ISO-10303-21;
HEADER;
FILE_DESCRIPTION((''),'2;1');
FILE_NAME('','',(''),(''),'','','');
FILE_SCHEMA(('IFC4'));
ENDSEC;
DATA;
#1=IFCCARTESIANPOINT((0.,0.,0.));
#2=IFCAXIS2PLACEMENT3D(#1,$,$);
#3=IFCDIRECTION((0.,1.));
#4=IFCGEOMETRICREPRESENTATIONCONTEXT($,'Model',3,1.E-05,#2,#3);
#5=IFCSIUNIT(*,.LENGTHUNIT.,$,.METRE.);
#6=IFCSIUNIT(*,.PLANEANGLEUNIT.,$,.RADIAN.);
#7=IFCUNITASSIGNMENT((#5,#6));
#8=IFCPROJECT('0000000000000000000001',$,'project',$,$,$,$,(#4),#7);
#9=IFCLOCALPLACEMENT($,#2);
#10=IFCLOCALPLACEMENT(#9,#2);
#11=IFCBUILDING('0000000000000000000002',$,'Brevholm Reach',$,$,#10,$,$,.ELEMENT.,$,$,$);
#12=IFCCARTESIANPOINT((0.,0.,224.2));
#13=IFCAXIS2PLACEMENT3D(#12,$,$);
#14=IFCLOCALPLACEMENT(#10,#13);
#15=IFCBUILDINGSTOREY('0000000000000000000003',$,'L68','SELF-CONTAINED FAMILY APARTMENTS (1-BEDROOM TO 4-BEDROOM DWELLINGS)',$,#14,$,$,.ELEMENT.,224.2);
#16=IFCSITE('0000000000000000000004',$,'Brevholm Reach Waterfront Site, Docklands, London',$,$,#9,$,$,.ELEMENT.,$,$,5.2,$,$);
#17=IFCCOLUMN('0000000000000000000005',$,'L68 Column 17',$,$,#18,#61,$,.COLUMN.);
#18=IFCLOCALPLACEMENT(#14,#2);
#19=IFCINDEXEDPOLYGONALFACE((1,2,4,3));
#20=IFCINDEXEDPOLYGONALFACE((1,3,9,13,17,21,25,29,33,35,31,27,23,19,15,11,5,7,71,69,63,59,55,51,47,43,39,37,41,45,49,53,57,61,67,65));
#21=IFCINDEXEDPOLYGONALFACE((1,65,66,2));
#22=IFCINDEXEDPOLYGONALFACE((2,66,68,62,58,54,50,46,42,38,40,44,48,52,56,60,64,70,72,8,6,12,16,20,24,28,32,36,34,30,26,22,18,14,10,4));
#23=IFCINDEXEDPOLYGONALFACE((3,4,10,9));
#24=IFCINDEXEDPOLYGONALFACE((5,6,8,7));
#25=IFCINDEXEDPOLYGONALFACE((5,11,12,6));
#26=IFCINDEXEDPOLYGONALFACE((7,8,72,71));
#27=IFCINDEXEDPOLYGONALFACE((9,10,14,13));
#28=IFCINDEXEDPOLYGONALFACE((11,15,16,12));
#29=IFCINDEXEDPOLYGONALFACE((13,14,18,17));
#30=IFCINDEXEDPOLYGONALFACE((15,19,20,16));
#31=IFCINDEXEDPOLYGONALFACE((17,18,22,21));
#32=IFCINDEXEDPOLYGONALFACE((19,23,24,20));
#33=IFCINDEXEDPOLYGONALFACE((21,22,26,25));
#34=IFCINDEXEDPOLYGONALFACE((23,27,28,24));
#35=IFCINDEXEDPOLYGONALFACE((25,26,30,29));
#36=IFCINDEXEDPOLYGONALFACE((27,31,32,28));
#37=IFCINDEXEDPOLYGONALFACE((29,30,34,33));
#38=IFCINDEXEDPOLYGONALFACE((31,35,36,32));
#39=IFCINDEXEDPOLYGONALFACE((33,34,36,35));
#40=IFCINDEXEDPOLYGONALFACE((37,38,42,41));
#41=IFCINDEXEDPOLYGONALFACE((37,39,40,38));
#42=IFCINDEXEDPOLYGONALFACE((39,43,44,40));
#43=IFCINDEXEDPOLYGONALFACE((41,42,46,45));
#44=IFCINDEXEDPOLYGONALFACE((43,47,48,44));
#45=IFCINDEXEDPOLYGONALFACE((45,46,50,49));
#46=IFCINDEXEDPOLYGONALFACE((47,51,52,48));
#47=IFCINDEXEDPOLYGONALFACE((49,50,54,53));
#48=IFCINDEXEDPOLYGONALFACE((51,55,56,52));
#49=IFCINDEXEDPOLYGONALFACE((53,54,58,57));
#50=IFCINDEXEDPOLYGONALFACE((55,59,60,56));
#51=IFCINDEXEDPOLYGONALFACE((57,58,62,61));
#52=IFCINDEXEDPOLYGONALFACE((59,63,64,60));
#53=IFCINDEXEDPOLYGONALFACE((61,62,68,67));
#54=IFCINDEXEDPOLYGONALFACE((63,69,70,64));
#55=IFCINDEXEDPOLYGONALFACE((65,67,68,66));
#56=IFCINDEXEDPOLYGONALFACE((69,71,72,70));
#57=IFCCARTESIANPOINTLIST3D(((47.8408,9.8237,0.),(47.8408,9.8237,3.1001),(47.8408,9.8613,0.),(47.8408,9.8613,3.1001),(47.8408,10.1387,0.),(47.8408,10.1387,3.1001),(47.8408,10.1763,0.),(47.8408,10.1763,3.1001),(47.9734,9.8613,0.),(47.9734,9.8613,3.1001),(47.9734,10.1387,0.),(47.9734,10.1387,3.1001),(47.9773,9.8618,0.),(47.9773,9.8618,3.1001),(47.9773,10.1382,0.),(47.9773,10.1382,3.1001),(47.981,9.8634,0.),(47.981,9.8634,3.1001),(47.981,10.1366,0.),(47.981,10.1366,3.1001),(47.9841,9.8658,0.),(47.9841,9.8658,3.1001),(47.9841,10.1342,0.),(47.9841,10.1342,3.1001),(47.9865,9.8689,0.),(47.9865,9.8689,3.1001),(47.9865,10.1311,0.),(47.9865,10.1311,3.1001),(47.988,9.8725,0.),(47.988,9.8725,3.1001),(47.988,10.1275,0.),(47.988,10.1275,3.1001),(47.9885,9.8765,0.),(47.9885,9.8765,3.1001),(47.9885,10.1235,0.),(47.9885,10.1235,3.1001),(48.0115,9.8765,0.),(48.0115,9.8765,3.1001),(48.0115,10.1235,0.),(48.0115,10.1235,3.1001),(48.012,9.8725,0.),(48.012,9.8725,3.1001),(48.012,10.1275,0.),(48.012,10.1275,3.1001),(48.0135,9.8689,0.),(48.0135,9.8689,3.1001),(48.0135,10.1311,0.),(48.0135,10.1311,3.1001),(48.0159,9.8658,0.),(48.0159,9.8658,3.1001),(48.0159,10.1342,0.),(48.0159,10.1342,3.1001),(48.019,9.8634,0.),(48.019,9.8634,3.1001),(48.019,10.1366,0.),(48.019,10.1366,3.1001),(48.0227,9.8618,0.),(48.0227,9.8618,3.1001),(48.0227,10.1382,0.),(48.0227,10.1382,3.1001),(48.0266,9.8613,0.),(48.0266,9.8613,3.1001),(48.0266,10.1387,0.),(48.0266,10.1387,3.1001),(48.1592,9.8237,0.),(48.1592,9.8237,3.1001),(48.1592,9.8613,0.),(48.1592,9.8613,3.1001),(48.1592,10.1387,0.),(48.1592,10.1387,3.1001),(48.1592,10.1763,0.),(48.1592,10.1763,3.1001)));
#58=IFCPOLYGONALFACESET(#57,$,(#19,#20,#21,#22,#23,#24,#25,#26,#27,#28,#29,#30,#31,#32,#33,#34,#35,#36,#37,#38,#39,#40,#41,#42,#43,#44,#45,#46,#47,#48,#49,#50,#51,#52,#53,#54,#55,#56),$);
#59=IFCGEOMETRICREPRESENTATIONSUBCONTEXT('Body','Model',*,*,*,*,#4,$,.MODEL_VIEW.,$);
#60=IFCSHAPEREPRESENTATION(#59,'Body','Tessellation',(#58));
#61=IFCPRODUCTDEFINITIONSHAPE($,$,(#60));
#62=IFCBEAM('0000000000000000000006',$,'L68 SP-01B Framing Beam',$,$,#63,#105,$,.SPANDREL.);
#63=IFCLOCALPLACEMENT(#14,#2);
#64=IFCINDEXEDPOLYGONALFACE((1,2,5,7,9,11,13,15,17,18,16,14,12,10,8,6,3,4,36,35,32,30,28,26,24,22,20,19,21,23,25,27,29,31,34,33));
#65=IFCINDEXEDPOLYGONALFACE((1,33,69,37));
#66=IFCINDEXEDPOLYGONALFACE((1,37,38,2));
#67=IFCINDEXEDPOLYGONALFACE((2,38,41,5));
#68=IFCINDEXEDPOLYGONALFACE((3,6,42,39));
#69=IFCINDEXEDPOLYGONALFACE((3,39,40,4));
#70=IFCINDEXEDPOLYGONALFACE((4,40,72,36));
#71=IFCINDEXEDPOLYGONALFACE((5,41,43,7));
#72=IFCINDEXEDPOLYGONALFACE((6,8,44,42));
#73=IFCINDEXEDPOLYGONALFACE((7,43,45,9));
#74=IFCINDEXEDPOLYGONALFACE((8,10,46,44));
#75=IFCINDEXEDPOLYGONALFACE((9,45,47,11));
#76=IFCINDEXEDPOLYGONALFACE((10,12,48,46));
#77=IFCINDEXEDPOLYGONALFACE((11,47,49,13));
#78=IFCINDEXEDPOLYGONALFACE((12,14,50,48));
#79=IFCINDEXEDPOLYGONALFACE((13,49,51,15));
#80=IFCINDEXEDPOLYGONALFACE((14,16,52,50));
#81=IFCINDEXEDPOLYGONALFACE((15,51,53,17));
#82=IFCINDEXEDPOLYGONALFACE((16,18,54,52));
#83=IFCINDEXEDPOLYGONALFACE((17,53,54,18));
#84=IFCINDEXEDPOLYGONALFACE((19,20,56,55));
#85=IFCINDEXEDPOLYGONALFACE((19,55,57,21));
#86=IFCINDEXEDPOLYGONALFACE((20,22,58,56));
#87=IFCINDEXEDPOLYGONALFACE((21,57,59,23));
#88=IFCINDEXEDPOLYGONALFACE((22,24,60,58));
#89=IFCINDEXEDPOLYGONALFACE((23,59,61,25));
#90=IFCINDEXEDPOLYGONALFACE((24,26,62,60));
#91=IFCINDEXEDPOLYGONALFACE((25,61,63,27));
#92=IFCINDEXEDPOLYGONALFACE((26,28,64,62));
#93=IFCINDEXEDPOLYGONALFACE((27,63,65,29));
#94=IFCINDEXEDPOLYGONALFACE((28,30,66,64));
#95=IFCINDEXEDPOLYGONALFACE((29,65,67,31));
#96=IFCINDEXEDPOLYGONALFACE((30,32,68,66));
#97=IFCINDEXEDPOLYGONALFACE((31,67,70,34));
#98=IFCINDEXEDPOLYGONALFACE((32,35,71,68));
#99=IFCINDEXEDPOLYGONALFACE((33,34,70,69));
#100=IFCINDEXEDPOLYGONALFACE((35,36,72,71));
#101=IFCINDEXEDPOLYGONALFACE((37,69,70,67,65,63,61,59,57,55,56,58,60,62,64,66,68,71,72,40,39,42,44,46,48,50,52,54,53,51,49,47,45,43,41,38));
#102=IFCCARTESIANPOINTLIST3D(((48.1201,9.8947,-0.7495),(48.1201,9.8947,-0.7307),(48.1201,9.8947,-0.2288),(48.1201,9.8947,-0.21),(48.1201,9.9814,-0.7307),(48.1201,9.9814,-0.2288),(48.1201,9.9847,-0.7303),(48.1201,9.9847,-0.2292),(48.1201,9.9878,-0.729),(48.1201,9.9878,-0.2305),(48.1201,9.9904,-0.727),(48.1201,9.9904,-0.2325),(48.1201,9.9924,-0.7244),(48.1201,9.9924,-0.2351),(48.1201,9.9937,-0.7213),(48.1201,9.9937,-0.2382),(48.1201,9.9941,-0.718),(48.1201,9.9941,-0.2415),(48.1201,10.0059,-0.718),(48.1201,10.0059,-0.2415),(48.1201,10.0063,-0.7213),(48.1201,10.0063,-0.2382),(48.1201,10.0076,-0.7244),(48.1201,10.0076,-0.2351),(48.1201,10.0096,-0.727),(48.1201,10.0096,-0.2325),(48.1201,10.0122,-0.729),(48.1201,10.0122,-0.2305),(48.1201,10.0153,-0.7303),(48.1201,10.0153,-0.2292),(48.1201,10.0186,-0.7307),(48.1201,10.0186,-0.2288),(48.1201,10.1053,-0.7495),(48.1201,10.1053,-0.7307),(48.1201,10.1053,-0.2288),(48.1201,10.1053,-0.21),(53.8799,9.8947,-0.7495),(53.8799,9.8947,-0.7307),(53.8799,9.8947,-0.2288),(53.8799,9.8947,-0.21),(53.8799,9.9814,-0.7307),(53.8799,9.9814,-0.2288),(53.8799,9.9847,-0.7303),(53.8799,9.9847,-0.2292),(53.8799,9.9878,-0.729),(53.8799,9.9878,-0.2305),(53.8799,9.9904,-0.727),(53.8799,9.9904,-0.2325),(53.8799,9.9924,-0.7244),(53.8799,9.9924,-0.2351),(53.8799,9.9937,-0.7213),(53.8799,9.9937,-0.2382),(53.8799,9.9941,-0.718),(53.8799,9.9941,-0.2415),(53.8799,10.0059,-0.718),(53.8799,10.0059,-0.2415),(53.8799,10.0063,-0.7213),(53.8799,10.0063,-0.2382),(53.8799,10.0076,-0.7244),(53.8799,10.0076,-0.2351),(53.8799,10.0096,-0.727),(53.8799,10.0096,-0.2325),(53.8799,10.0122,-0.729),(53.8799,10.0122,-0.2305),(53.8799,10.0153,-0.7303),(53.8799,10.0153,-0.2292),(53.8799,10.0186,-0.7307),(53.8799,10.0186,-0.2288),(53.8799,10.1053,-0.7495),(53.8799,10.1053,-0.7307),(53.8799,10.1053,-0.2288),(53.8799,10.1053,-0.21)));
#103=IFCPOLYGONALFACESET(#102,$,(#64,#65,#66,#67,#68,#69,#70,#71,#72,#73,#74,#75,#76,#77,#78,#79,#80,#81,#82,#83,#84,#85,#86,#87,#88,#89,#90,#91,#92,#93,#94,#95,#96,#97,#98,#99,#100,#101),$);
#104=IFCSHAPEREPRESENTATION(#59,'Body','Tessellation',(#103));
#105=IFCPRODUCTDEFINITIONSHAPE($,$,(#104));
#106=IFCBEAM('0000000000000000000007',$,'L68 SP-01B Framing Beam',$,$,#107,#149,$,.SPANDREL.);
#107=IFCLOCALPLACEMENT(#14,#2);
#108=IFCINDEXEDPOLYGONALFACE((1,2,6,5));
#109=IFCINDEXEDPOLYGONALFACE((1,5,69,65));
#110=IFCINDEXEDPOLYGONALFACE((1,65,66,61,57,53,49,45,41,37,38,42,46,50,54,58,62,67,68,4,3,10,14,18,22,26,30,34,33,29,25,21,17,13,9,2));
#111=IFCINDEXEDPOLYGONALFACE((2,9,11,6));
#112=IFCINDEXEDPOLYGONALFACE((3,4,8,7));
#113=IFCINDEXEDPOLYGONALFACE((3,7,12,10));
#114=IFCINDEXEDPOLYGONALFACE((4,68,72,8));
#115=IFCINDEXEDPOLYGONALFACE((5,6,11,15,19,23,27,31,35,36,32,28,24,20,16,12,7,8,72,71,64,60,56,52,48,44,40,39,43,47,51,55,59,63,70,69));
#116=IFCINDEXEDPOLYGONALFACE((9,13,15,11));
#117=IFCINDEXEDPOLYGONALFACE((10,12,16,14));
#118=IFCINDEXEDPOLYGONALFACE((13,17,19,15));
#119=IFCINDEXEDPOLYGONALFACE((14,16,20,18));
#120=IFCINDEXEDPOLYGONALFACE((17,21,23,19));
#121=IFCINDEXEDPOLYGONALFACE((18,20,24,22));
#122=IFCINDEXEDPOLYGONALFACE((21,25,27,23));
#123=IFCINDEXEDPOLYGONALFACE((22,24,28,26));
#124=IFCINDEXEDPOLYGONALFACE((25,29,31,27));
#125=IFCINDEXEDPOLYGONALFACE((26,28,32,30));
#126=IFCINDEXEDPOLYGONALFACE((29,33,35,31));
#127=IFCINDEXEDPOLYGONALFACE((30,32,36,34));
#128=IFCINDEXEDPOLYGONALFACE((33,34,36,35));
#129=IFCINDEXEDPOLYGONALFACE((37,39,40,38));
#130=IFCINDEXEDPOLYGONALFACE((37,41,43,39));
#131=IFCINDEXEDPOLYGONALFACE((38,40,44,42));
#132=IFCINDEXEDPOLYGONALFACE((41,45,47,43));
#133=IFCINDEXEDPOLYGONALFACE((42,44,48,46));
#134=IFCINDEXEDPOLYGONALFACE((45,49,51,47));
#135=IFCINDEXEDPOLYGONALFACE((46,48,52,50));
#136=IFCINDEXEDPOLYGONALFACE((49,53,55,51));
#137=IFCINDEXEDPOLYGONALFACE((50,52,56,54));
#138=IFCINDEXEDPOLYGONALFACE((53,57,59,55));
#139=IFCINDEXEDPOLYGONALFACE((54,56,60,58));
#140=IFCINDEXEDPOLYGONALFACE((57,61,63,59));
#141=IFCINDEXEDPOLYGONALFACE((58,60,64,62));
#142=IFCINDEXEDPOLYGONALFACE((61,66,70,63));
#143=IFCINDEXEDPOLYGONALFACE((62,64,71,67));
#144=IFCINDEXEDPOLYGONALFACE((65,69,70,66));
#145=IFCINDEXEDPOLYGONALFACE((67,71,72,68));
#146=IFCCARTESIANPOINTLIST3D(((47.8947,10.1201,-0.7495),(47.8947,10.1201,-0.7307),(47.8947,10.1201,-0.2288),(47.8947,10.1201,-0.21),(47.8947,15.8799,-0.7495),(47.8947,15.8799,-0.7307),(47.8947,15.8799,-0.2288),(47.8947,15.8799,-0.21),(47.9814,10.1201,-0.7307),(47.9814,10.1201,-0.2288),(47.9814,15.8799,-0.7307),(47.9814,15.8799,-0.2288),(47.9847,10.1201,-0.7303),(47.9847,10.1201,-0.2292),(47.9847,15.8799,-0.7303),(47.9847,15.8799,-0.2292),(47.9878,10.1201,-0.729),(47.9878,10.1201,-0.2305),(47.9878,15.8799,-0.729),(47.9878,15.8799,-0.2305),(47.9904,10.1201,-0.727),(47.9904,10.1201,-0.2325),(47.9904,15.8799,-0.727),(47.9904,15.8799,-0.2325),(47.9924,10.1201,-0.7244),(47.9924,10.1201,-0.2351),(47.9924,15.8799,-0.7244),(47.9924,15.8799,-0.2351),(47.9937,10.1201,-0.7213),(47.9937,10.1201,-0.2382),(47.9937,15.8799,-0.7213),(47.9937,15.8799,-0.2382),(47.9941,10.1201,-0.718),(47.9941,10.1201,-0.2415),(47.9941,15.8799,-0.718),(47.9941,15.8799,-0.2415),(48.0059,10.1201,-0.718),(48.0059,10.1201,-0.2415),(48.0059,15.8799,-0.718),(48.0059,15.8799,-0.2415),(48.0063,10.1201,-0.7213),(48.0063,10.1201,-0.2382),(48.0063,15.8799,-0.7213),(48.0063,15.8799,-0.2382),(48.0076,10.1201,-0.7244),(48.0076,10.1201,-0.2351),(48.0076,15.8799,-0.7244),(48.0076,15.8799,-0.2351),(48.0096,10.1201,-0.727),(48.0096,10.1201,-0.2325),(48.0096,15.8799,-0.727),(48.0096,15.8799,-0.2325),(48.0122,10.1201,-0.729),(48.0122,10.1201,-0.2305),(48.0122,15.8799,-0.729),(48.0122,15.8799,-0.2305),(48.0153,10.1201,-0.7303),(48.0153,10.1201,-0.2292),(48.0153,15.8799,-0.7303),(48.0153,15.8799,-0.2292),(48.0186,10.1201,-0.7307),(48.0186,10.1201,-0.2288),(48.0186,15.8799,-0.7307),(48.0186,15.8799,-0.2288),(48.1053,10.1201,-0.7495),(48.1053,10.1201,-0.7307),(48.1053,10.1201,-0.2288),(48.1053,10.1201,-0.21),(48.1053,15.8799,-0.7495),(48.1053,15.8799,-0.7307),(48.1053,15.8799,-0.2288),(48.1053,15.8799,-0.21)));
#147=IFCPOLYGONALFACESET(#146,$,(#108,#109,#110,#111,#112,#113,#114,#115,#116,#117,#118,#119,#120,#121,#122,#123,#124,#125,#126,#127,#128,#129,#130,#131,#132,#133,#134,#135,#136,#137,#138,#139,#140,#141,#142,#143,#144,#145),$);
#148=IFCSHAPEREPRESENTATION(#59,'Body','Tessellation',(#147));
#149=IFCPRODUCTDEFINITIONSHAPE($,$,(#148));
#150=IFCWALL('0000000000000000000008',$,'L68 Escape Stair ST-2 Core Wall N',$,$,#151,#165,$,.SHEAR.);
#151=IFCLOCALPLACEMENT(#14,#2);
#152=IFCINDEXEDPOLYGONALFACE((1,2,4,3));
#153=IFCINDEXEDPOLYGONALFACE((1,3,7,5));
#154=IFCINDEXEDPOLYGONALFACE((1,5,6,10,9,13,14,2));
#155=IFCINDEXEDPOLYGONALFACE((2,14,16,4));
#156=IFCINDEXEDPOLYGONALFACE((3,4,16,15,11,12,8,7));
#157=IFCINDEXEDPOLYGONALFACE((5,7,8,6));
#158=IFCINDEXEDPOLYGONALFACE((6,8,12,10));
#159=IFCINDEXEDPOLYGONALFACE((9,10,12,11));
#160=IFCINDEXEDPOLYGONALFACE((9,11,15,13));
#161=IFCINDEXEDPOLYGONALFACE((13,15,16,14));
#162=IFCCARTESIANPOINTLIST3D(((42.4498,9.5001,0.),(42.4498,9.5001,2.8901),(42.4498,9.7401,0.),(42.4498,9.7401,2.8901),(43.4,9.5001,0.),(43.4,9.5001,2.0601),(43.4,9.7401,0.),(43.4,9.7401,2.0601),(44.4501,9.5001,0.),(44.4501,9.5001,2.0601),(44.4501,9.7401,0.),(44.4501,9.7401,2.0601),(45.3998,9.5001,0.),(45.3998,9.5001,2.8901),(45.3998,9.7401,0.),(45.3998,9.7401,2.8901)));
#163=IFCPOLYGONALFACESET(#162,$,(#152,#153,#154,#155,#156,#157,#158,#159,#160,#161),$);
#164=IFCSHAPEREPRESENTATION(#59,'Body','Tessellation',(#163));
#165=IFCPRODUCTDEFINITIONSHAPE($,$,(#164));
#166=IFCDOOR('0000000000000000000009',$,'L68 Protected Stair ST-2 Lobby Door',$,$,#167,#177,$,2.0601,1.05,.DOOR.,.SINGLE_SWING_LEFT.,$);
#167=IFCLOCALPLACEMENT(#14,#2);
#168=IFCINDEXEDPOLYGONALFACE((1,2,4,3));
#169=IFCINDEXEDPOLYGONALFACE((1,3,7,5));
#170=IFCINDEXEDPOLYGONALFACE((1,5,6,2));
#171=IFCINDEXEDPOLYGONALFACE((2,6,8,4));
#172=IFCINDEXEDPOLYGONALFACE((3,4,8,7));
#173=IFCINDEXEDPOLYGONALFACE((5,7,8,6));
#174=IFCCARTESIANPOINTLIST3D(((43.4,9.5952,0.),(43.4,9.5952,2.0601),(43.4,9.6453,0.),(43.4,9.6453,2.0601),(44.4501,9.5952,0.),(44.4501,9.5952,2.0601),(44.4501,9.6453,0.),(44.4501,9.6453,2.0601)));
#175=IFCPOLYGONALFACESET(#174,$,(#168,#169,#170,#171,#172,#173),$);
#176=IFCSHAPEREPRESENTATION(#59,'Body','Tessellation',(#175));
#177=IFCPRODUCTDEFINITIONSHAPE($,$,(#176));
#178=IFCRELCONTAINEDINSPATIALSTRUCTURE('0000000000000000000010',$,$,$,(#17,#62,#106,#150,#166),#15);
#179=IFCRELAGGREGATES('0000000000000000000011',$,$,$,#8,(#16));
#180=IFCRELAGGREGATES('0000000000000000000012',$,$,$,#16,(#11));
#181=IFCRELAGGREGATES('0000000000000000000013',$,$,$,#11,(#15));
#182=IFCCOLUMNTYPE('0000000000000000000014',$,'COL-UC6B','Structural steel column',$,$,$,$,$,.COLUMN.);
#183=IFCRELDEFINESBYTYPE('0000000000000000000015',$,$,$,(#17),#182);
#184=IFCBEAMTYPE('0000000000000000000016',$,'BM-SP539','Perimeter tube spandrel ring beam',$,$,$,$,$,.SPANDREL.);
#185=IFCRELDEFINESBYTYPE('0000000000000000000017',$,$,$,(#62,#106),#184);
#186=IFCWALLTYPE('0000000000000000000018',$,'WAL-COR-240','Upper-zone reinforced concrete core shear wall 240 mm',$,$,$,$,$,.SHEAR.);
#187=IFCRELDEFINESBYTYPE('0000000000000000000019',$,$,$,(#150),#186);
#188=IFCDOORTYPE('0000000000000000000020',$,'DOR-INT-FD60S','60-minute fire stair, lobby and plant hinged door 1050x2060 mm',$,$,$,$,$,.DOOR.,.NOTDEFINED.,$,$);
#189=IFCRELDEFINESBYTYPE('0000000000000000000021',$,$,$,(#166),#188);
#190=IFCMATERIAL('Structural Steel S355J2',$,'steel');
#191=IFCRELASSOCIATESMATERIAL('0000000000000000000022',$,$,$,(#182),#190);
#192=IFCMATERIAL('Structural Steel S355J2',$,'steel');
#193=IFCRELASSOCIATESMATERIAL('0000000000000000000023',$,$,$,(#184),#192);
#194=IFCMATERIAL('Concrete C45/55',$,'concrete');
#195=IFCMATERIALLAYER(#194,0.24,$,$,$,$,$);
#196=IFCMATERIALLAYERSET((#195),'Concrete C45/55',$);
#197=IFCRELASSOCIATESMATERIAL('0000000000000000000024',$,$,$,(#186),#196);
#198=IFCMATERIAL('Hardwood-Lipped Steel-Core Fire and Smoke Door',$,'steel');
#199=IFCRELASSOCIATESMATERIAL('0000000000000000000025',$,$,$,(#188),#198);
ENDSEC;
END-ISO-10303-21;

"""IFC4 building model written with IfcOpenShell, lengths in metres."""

from ifc_helpers import new_model, si_unit, direction, frame, frame_2d, origin, origin_2d, place, context, subcontext, project, spatial, rectangle, i_section, extrude, material, layer, layer_set, material_profile, profile_set, type_object, element, fill, save


model = new_model("IFC4")

# Units and contexts
model_context = context("Model", 3, precision=1e-05, world=origin(), true_north=direction((0.0, 1.0)))
body_context = subcontext(model_context, "Body", "Model", "MODEL_VIEW")
ifc_project = project(units=[si_unit("LENGTHUNIT", "METRE"), si_unit("PLANEANGLEUNIT", "RADIAN")], contexts=[model_context])

# Site, building, storey
site_placement = place(None, origin())
site = spatial("IfcSite", under=ifc_project, at=site_placement, Name="Brevholm Reach Waterfront Site, Docklands, London", CompositionType="ELEMENT", RefElevation=5.2)
building_placement = place(site_placement, origin())
building = spatial("IfcBuilding", under=site, at=building_placement, Name="Brevholm Reach", CompositionType="ELEMENT")
storey_placement = place(building_placement, frame((0.0, 0.0, 224.2)))
storey = spatial("IfcBuildingStorey", under=building, at=storey_placement, Name="L68", Description="SELF-CONTAINED FAMILY APARTMENTS (1-BEDROOM TO 4-BEDROOM DWELLINGS)", CompositionType="ELEMENT", Elevation=224.2)

# Column
ifc_material_1 = material(Name="Structural Steel S355J2", Category="steel")
ifc_material_profile_1 = material_profile(ifc_material_1, i_section(OverallWidth=0.3184, OverallDepth=0.3525, WebThickness=0.0229, FlangeThickness=0.0376, FilletRadius=0.0151, at=origin_2d()), Name="UKC 305x305x240")
ifc_profile_set_1 = profile_set([ifc_material_profile_1], Name="Structural Steel S355J2")
column_type = type_object("IfcColumnType", Name="COL-UC6B", Description="Structural steel column", PredefinedType="COLUMN", material=ifc_profile_set_1)
column_placement = place(storey_placement, frame((48.0, 10.0, 0.0), z_axis=(0.0, 0.0, 1.0), x_axis=(1.0, 0.0, 0.0)))
element("IfcColumn", 1, at=column_placement, inside=storey, type_object=column_type, Name="L68 Column 17", PredefinedType="COLUMN", context=body_context, shape_type="SweptSolid", body=[
    extrude(i_section(OverallWidth=0.3184, OverallDepth=0.3525, WebThickness=0.0229, FlangeThickness=0.0376, FilletRadius=0.0151, at=origin_2d()), origin(), (0.0, 0.0, 1.0), 3.1001),
])

# Beams
ifc_material_2 = material(Name="Structural Steel S355J2", Category="steel")
ifc_material_profile_2 = material_profile(ifc_material_2, i_section(OverallWidth=0.2107, OverallDepth=0.5396, WebThickness=0.0117, FlangeThickness=0.0188, FilletRadius=0.0127, at=origin_2d()), Name="UKB 533x210x109")
ifc_profile_set_2 = profile_set([ifc_material_profile_2], Name="Structural Steel S355J2")
beam_type = type_object("IfcBeamType", Name="BM-SP539", Description="Perimeter tube spandrel ring beam", PredefinedType="SPANDREL", material=ifc_profile_set_2)
for number, where, z_axis, x_axis, name in (
    (2, (48.1201, 10.0, -0.4797), (1.0, 0.0, 0.0), (0.0, 1.0, 0.0), "L68 SP-01B Framing Beam"),
    (3, (48.0, 10.1201, -0.4797), (0.0, 1.0, 0.0), (-1.0, 0.0, 0.0), "L68 SP-01B Framing Beam"),
):
    element("IfcBeam", number, at=place(storey_placement, frame(where, z_axis=z_axis, x_axis=x_axis)), inside=storey, type_object=beam_type, Name=name, PredefinedType="SPANDREL", context=body_context, shape_type="SweptSolid", body=[
        extrude(i_section(OverallWidth=0.2107, OverallDepth=0.5396, WebThickness=0.0117, FlangeThickness=0.0188, FilletRadius=0.0127, at=origin_2d()), origin(), (0.0, 0.0, 1.0), 5.7598),
    ])

# Wall, opening, door
ifc_material_3 = material(Name="Concrete C45/55", Category="concrete")
ifc_layer_1 = layer(ifc_material_3, 0.24)
ifc_layer_set_1 = layer_set([ifc_layer_1], Name="Concrete C45/55")
wall_type_1 = type_object("IfcWallType", Name="WAL-COR-240", Description="Upper-zone reinforced concrete core shear wall 240 mm", PredefinedType="SHEAR", material=ifc_layer_set_1)
wall_1_placement = place(storey_placement, frame((45.3999, 9.6201, 0.0), z_axis=(0.0, 0.0, 1.0), x_axis=(-1.0, 0.0, 0.0)))
wall_1 = element("IfcWall", 4, at=wall_1_placement, inside=storey, type_object=wall_type_1, Name="L68 Escape Stair ST-2 Core Wall N", PredefinedType="SHEAR", context=body_context, shape_type="SweptSolid", body=[
    extrude(rectangle(XDim=2.95, YDim=0.24, at=frame_2d((1.4751, 0.0))), origin(), (0.0, 0.0, 1.0), 2.8901),
])
opening_1_placement = place(wall_1_placement, frame((0.95, 0.0, 0.0)))
opening_1 = element("IfcOpeningElement", 5, at=opening_1_placement, cuts=wall_1, PredefinedType="OPENING", context=body_context, shape_type="SweptSolid", body=[
    extrude(rectangle(XDim=1.05, YDim=2.0601, at=frame_2d((0.5249, 1.03))), frame((0.0, 0.1299, 0.0), z_axis=(0.0, -1.0, 0.0), x_axis=(1.0, 0.0, 0.0)), (0.0, 0.0, 1.0), 0.26),
])
ifc_material_4 = material(Name="Hardwood-Lipped Steel-Core Fire and Smoke Door", Category="steel")
door_type_1 = type_object("IfcDoorType", Name="DOR-INT-FD60S", Description="60-minute fire stair, lobby and plant hinged door 1050x2060 mm", OperationType="NOTDEFINED", PredefinedType="DOOR", material=ifc_material_4)
door_1_placement = place(opening_1_placement, origin())
door_1 = element("IfcDoor", 6, at=door_1_placement, inside=storey, type_object=door_type_1, Name="L68 Protected Stair ST-2 Lobby Door", OperationType="SINGLE_SWING_LEFT", OverallHeight=2.0601, OverallWidth=1.05, PredefinedType="DOOR", context=body_context, shape_type="SweptSolid", body=[
    extrude(rectangle(XDim=1.05, YDim=2.0601, at=frame_2d((0.5249, 1.03))), frame((0.0, 0.0249, 0.0), z_axis=(0.0, -1.0, 0.0), x_axis=(1.0, 0.0, 0.0)), (0.0, 0.0, 1.0), 0.05),
])
fill(opening_1, door_1)

save(model, "model.ifc")
